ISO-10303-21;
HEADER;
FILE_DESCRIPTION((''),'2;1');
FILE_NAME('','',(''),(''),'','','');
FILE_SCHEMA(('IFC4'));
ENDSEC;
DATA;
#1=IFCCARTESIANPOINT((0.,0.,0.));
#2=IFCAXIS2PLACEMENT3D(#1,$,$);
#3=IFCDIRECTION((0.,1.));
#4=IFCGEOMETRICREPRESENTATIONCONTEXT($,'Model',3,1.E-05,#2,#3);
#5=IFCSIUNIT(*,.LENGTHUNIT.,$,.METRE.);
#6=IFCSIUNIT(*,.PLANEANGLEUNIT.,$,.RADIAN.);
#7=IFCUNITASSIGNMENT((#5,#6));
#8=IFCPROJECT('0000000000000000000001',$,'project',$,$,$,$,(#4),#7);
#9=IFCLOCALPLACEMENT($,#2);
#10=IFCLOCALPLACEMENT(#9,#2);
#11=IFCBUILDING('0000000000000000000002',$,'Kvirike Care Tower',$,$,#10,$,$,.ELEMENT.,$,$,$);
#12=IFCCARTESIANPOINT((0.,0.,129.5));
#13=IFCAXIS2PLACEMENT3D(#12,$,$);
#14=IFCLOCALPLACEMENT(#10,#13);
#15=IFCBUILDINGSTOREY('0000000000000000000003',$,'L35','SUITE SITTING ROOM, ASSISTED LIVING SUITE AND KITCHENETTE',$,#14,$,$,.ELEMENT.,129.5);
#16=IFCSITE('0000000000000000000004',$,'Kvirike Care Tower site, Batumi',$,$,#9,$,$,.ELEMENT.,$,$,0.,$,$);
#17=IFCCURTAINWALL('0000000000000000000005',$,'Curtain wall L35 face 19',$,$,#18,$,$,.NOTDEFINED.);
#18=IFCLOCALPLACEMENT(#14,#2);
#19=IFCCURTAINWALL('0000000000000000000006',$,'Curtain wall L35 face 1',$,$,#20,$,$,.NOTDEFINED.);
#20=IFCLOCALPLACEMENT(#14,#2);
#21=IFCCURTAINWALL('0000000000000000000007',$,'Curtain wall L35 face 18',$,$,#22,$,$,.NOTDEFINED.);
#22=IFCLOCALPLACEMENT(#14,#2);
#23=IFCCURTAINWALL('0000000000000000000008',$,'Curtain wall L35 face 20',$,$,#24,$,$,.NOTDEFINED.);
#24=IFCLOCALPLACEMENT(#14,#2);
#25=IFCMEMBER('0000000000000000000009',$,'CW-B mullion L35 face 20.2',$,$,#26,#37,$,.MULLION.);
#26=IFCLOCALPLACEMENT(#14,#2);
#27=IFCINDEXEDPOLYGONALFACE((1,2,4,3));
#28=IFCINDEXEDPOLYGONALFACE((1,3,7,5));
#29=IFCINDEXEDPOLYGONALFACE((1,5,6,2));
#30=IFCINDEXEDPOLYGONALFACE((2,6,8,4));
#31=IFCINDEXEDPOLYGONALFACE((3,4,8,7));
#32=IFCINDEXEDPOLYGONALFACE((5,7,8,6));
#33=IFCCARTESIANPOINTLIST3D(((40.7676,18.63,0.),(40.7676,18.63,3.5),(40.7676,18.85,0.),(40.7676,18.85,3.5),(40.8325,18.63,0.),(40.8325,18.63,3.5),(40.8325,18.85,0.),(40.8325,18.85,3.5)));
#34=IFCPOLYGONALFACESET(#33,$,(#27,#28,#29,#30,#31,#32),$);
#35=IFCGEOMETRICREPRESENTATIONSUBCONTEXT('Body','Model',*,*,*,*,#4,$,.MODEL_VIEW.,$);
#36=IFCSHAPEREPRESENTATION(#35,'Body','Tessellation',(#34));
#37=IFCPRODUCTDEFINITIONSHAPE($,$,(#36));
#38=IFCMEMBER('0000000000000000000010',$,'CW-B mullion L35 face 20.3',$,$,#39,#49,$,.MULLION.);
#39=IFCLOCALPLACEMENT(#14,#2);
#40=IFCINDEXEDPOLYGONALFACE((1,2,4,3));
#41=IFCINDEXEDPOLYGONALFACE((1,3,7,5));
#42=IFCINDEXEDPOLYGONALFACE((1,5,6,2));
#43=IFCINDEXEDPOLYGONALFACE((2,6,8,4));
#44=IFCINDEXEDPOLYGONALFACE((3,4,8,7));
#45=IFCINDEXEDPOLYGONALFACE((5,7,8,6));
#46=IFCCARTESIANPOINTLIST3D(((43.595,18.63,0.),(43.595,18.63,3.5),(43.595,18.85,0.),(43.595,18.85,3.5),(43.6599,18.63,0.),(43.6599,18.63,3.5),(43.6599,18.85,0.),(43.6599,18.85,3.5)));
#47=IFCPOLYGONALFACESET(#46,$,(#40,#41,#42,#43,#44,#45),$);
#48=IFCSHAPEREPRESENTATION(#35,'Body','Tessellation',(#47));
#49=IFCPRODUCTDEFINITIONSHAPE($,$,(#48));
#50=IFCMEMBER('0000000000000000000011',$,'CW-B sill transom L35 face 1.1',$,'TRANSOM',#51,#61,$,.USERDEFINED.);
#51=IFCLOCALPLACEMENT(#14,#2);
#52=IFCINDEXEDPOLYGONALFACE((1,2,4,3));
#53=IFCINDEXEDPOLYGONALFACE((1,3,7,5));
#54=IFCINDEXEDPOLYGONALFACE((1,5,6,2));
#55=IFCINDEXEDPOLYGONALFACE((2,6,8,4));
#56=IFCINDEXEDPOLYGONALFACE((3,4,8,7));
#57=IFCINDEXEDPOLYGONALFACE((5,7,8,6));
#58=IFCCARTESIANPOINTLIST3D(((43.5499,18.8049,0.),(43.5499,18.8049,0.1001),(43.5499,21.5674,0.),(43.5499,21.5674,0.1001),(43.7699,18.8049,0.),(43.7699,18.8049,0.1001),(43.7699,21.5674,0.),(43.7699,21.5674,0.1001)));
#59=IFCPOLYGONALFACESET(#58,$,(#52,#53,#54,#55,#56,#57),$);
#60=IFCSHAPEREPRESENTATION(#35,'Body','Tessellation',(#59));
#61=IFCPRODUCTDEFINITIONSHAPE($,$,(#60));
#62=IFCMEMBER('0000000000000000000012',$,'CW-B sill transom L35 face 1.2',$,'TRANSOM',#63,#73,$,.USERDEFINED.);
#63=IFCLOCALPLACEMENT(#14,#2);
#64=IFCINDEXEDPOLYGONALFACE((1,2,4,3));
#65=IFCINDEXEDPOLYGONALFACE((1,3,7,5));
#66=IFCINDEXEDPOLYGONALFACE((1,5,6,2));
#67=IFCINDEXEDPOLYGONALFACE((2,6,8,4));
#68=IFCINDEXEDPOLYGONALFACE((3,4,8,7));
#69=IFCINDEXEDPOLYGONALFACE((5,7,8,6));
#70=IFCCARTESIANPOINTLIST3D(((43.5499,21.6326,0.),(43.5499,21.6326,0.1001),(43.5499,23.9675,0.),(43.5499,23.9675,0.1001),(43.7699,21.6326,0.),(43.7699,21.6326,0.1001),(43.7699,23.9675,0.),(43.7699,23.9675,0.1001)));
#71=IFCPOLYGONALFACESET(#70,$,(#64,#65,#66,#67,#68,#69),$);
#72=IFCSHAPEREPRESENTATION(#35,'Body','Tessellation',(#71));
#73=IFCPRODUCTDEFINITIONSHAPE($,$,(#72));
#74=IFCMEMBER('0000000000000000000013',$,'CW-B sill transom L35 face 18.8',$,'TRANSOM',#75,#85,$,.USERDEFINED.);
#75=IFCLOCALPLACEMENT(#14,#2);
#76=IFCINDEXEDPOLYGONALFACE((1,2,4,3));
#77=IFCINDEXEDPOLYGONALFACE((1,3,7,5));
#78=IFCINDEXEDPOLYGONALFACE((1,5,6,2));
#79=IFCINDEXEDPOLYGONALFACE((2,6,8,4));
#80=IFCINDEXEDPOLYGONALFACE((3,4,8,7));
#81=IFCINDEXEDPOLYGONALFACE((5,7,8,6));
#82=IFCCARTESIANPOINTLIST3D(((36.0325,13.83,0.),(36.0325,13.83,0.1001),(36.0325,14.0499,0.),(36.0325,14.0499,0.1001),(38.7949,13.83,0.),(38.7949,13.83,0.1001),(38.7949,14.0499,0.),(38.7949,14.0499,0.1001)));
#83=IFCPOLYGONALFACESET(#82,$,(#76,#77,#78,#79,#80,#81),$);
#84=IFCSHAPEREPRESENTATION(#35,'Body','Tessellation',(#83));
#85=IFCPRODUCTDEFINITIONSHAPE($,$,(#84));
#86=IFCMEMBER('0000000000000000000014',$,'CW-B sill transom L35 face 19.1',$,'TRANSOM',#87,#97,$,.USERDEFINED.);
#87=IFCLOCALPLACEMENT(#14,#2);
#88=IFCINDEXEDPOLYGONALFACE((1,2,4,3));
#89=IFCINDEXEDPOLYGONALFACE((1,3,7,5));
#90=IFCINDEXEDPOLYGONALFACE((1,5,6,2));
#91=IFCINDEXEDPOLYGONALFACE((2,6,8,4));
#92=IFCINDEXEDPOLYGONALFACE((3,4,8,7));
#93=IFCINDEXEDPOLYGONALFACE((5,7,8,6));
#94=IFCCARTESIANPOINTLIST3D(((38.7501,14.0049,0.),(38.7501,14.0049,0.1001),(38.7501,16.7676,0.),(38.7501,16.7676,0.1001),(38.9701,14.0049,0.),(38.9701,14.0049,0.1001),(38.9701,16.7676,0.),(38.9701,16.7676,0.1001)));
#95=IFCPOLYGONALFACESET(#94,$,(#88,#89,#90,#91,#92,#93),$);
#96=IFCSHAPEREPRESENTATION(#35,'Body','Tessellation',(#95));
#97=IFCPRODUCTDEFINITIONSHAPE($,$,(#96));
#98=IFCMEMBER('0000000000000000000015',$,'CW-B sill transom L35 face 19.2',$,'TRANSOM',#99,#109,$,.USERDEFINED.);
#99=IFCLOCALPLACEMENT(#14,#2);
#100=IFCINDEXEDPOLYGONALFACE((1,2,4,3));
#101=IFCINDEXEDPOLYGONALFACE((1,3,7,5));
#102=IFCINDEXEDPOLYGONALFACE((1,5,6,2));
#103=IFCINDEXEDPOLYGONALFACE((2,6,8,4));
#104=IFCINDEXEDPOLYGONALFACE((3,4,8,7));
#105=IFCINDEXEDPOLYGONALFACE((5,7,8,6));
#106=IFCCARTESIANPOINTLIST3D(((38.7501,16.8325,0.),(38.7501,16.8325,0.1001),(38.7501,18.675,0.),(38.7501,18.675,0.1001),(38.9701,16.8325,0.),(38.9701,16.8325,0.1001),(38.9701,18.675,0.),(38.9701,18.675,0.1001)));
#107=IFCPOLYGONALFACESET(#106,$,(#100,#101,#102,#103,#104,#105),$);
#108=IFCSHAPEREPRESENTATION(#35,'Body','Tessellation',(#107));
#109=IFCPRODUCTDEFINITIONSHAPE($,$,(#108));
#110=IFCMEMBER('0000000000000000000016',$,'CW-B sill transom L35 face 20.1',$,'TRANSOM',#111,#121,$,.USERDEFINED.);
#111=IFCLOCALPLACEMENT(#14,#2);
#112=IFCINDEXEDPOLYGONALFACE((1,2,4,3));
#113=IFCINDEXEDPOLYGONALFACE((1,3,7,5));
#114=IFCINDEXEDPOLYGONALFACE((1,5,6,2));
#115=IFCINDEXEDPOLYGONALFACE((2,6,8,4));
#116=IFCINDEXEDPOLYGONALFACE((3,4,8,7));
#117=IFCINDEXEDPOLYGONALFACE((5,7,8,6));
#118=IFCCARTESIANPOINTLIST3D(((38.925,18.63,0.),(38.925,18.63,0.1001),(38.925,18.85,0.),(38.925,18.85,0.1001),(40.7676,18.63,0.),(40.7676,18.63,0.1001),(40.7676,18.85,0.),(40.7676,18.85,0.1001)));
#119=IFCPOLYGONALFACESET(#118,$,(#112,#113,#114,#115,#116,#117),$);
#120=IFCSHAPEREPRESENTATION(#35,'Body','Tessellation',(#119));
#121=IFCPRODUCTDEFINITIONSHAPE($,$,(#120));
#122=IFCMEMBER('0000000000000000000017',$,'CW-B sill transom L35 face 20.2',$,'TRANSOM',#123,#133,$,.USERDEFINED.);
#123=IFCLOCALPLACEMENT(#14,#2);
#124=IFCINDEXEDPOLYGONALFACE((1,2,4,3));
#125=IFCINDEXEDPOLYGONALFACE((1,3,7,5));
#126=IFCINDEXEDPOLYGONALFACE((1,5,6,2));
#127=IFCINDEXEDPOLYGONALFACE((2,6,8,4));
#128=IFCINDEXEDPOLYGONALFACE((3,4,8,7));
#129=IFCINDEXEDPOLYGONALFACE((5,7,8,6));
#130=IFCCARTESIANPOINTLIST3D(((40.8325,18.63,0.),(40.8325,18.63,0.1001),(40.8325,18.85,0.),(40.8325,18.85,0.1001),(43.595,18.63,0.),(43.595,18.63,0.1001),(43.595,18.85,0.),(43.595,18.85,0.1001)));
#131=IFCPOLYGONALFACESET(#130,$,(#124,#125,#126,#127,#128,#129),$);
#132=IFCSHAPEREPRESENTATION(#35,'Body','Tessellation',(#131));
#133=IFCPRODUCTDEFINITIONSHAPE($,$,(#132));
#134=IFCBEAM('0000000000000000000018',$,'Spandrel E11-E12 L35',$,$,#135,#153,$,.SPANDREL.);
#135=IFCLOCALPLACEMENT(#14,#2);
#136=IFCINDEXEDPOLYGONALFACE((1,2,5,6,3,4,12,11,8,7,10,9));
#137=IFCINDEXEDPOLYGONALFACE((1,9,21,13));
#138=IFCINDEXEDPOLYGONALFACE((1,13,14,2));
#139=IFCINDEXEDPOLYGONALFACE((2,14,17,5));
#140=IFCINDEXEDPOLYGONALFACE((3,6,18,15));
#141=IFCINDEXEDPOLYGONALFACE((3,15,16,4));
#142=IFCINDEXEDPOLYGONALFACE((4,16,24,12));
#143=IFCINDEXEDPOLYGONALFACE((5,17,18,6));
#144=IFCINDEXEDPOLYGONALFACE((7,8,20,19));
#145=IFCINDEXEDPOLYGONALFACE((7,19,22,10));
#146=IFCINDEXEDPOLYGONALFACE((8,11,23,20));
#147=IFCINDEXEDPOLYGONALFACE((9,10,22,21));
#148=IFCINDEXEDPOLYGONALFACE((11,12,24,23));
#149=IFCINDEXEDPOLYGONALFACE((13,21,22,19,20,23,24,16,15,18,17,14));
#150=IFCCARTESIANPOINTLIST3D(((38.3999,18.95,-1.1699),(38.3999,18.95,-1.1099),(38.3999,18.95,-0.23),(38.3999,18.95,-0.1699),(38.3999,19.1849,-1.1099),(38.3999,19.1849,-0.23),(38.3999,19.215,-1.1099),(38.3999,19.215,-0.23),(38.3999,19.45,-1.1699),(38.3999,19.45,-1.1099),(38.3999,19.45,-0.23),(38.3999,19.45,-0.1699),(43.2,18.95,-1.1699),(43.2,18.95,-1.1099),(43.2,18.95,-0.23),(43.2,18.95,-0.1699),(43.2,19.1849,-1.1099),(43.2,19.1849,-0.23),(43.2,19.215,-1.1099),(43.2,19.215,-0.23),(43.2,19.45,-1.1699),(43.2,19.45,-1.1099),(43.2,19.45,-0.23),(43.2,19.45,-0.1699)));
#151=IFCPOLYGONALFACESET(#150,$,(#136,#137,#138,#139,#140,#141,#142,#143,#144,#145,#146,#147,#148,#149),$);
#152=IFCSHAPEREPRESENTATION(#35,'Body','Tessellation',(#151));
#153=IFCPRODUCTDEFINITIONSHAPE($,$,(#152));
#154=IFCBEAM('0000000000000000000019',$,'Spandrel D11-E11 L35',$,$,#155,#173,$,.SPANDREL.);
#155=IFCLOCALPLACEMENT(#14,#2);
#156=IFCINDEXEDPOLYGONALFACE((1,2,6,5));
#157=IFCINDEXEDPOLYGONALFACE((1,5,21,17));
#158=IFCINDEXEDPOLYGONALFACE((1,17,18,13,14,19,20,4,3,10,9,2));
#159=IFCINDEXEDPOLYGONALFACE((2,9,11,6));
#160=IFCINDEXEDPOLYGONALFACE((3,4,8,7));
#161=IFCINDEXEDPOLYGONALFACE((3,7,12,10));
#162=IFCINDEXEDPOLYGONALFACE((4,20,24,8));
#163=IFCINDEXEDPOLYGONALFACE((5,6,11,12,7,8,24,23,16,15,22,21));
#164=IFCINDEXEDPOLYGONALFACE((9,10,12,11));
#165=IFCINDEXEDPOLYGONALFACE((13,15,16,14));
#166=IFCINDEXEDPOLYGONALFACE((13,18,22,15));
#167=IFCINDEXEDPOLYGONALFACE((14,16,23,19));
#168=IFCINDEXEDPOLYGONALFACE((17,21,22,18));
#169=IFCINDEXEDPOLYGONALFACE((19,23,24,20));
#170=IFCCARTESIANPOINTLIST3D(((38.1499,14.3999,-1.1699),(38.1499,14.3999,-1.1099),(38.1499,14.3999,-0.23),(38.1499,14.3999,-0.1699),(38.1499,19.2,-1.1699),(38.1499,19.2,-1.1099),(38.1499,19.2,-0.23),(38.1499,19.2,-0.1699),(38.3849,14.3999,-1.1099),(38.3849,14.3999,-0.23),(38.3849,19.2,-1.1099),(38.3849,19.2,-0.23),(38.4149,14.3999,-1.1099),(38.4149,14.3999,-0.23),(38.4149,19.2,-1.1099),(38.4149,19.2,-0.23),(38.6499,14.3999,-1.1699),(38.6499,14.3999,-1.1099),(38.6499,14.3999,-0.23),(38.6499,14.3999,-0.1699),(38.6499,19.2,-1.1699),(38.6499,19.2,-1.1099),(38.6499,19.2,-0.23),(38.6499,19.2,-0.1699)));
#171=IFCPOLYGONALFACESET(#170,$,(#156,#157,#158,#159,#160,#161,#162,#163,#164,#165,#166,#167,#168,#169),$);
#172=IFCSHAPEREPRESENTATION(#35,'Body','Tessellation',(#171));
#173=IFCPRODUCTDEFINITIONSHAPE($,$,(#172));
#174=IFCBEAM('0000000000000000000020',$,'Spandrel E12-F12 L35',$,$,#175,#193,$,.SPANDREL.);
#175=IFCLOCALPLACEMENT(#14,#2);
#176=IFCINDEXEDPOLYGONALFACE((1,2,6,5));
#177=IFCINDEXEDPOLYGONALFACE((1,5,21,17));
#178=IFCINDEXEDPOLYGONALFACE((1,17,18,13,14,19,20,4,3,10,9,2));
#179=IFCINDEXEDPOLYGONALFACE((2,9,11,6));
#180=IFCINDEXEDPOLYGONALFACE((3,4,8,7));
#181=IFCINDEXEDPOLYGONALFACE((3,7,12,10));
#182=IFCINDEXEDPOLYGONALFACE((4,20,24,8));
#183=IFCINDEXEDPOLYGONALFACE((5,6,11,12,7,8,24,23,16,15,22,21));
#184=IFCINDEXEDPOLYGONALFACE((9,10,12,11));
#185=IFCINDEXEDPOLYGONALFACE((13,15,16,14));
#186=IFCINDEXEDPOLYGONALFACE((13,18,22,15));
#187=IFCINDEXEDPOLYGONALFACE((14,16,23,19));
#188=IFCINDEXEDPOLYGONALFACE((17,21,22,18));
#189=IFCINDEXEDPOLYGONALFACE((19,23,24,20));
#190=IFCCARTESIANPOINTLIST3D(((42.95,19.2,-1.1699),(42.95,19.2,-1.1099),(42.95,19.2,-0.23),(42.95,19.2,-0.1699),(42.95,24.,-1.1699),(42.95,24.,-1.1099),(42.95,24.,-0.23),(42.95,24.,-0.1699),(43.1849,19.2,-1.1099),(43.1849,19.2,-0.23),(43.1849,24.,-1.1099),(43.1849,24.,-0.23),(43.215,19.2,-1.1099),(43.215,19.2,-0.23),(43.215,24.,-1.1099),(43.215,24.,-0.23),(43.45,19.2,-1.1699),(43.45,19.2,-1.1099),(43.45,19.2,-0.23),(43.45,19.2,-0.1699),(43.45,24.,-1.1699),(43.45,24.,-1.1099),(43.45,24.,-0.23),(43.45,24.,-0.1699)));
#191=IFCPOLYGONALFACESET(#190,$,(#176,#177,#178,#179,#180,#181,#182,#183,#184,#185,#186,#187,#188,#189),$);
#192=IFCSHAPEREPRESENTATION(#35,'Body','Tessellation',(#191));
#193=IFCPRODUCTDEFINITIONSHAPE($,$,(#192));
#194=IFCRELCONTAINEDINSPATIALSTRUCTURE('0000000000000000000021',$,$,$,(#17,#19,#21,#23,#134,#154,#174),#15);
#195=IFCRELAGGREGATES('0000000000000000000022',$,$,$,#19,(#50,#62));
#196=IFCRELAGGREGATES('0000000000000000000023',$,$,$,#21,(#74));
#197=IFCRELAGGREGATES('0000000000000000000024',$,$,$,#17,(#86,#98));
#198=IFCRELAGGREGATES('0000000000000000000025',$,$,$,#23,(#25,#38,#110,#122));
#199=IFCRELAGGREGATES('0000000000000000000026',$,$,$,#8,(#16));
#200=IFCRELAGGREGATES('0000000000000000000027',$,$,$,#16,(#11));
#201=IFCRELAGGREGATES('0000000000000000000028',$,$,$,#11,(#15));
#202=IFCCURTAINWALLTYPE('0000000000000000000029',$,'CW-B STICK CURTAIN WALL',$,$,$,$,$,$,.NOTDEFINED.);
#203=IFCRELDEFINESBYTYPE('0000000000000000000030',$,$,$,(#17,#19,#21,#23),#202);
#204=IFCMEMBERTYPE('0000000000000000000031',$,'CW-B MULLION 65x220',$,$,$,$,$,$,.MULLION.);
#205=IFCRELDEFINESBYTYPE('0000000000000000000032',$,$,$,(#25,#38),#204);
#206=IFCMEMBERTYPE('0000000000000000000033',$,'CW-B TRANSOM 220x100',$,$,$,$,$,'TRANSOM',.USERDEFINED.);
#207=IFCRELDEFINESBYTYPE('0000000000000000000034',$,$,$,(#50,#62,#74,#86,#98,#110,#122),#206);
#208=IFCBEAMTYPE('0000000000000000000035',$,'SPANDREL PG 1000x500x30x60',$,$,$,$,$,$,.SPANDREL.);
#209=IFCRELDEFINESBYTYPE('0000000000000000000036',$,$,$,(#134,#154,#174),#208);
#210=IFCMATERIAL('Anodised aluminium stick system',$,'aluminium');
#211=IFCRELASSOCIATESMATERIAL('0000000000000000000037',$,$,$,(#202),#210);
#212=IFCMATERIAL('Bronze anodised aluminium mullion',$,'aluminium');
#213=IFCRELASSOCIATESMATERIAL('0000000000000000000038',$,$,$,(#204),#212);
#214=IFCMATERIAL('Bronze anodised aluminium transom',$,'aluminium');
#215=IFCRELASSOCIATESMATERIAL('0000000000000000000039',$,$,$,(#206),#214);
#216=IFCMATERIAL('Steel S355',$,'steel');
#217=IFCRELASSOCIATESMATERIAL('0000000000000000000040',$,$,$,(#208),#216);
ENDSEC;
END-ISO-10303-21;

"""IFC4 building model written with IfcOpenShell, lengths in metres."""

from ifc_helpers import new_model, si_unit, direction, frame, origin, origin_2d, place, context, subcontext, project, spatial, rectangle, i_section, extrude, material, material_profile, profile_set, type_object, element, aggregate, save


model = new_model("IFC4")

# Units and contexts
model_context = context("Model", 3, precision=1e-05, world=origin(), true_north=direction((0.0, 1.0)))
body_context = subcontext(model_context, "Body", "Model", "MODEL_VIEW")
ifc_project = project(units=[si_unit("LENGTHUNIT", "METRE"), si_unit("PLANEANGLEUNIT", "RADIAN")], contexts=[model_context])

# Site, building, storey
site_placement = place(None, origin())
site = spatial("IfcSite", under=ifc_project, at=site_placement, Name="Kvirike Care Tower site, Batumi", CompositionType="ELEMENT", RefElevation=0.0)
building_placement = place(site_placement, origin())
building = spatial("IfcBuilding", under=site, at=building_placement, Name="Kvirike Care Tower", CompositionType="ELEMENT")
storey_placement = place(building_placement, frame((0.0, 0.0, 129.5)))
storey = spatial("IfcBuildingStorey", under=building, at=storey_placement, Name="L35", Description="SUITE SITTING ROOM, ASSISTED LIVING SUITE AND KITCHENETTE", CompositionType="ELEMENT", Elevation=129.5)

# Curtain wall
ifc_material_1 = material(Name="Anodised aluminium stick system", Category="aluminium")
curtain_wall_type = type_object("IfcCurtainWallType", Name="CW-B STICK CURTAIN WALL", PredefinedType="NOTDEFINED", material=ifc_material_1)
curtain_wall_1_placement = place(storey_placement, origin())
curtain_wall_1 = element("IfcCurtainWall", 1, at=curtain_wall_1_placement, inside=storey, type_object=curtain_wall_type, Name="Curtain wall L35 face 19", PredefinedType="NOTDEFINED")

# Curtain walls
curtain_wall_2_placement = place(storey_placement, origin())
curtain_wall_2 = element("IfcCurtainWall", 2, at=curtain_wall_2_placement, inside=storey, type_object=curtain_wall_type, Name="Curtain wall L35 face 1", PredefinedType="NOTDEFINED")
ifc_material_2 = material(Name="Bronze anodised aluminium mullion", Category="aluminium")
ifc_material_profile_1 = material_profile(ifc_material_2, rectangle(XDim=0.0649, YDim=0.22, at=origin_2d()), Name="CW-B MULLION 65x220")
ifc_profile_set_1 = profile_set([ifc_material_profile_1], Name="Bronze anodised aluminium mullion")
member_type_1 = type_object("IfcMemberType", Name="CW-B MULLION 65x220", PredefinedType="MULLION", material=ifc_profile_set_1)
curtain_wall_3_placement = place(storey_placement, origin())
curtain_wall_3 = element("IfcCurtainWall", 3, at=curtain_wall_3_placement, inside=storey, type_object=curtain_wall_type, Name="Curtain wall L35 face 18", PredefinedType="NOTDEFINED")

# Curtain wall, members
curtain_wall_4_placement = place(storey_placement, origin())
curtain_wall_4 = element("IfcCurtainWall", 4, at=curtain_wall_4_placement, inside=storey, type_object=curtain_wall_type, Name="Curtain wall L35 face 20", PredefinedType="NOTDEFINED")
member_1_placement = place(storey_placement, frame((40.8, 18.74, 0.0), z_axis=(0.0, 0.0, 1.0), x_axis=(1.0, 0.0, 0.0)))
member_1 = element("IfcMember", 5, at=member_1_placement, type_object=member_type_1, Name="CW-B mullion L35 face 20.2", PredefinedType="MULLION", context=body_context, shape_type="SweptSolid", body=[
    extrude(rectangle(XDim=0.0649, YDim=0.22, at=origin_2d()), origin(), (0.0, 0.0, 1.0), 3.5),
])
member_2_placement = place(storey_placement, frame((43.6274, 18.74, 0.0), z_axis=(0.0, 0.0, 1.0), x_axis=(1.0, 0.0, 0.0)))
member_2 = element("IfcMember", 6, at=member_2_placement, type_object=member_type_1, Name="CW-B mullion L35 face 20.3", PredefinedType="MULLION", context=body_context, shape_type="SweptSolid", body=[
    extrude(rectangle(XDim=0.0649, YDim=0.22, at=origin_2d()), origin(), (0.0, 0.0, 1.0), 3.5),
])

# Members
ifc_material_3 = material(Name="Bronze anodised aluminium transom", Category="aluminium")
ifc_material_profile_2 = material_profile(ifc_material_3, rectangle(XDim=0.22, YDim=0.1001, at=origin_2d()), Name="CW-B TRANSOM 220x100")
ifc_profile_set_2 = profile_set([ifc_material_profile_2], Name="Bronze anodised aluminium transom")
member_type_2 = type_object("IfcMemberType", Name="CW-B TRANSOM 220x100", ElementType="TRANSOM", PredefinedType="USERDEFINED", material=ifc_profile_set_2)
member_3_placement = place(storey_placement, frame((43.6599, 18.8049, 0.05), z_axis=(0.0, 1.0, 0.0), x_axis=(-1.0, 0.0, 0.0)))
member_3 = element("IfcMember", 7, at=member_3_placement, type_object=member_type_2, Name="CW-B sill transom L35 face 1.1", ObjectType="TRANSOM", PredefinedType="USERDEFINED", context=body_context, shape_type="SweptSolid", body=[
    extrude(rectangle(XDim=0.22, YDim=0.1001, at=origin_2d()), origin(), (0.0, 0.0, 1.0), 2.7625),
])
member_4_placement = place(storey_placement, frame((43.6599, 21.6326, 0.05), z_axis=(0.0, 1.0, 0.0), x_axis=(-1.0, 0.0, 0.0)))
member_4 = element("IfcMember", 8, at=member_4_placement, type_object=member_type_2, Name="CW-B sill transom L35 face 1.2", ObjectType="TRANSOM", PredefinedType="USERDEFINED", context=body_context, shape_type="SweptSolid", body=[
    extrude(rectangle(XDim=0.22, YDim=0.1001, at=origin_2d()), origin(), (0.0, 0.0, 1.0), 2.335),
])
member_5_placement = place(storey_placement, frame((36.0325, 13.9399, 0.05), z_axis=(1.0, 0.0, 0.0), x_axis=(0.0, 1.0, 0.0)))
member_5 = element("IfcMember", 9, at=member_5_placement, type_object=member_type_2, Name="CW-B sill transom L35 face 18.8", ObjectType="TRANSOM", PredefinedType="USERDEFINED", context=body_context, shape_type="SweptSolid", body=[
    extrude(rectangle(XDim=0.22, YDim=0.1001, at=origin_2d()), origin(), (0.0, 0.0, 1.0), 2.7625),
])
member_6_placement = place(storey_placement, frame((38.8601, 14.0049, 0.05), z_axis=(0.0, 1.0, 0.0), x_axis=(-1.0, 0.0, 0.0)))
member_6 = element("IfcMember", 10, at=member_6_placement, type_object=member_type_2, Name="CW-B sill transom L35 face 19.1", ObjectType="TRANSOM", PredefinedType="USERDEFINED", context=body_context, shape_type="SweptSolid", body=[
    extrude(rectangle(XDim=0.22, YDim=0.1001, at=origin_2d()), origin(), (0.0, 0.0, 1.0), 2.7627),
])
member_7_placement = place(storey_placement, frame((38.8601, 16.8325, 0.05), z_axis=(0.0, 1.0, 0.0), x_axis=(-1.0, 0.0, 0.0)))
member_7 = element("IfcMember", 11, at=member_7_placement, type_object=member_type_2, Name="CW-B sill transom L35 face 19.2", ObjectType="TRANSOM", PredefinedType="USERDEFINED", context=body_context, shape_type="SweptSolid", body=[
    extrude(rectangle(XDim=0.22, YDim=0.1001, at=origin_2d()), origin(), (0.0, 0.0, 1.0), 1.8425),
])
member_8_placement = place(storey_placement, frame((38.925, 18.74, 0.05), z_axis=(1.0, 0.0, 0.0), x_axis=(0.0, 1.0, 0.0)))
member_8 = element("IfcMember", 12, at=member_8_placement, type_object=member_type_2, Name="CW-B sill transom L35 face 20.1", ObjectType="TRANSOM", PredefinedType="USERDEFINED", context=body_context, shape_type="SweptSolid", body=[
    extrude(rectangle(XDim=0.22, YDim=0.1001, at=origin_2d()), origin(), (0.0, 0.0, 1.0), 1.8425),
])
member_9_placement = place(storey_placement, frame((40.8325, 18.74, 0.05), z_axis=(1.0, 0.0, 0.0), x_axis=(0.0, 1.0, 0.0)))
member_9 = element("IfcMember", 13, at=member_9_placement, type_object=member_type_2, Name="CW-B sill transom L35 face 20.2", ObjectType="TRANSOM", PredefinedType="USERDEFINED", context=body_context, shape_type="SweptSolid", body=[
    extrude(rectangle(XDim=0.22, YDim=0.1001, at=origin_2d()), origin(), (0.0, 0.0, 1.0), 2.7625),
])

# Beams
ifc_material_4 = material(Name="Steel S355", Category="steel")
ifc_material_profile_3 = material_profile(ifc_material_4, i_section(OverallWidth=0.5, OverallDepth=1.0, WebThickness=0.03, FlangeThickness=0.0601, at=origin_2d()), Name="PG 1000x500x30x60")
ifc_profile_set_3 = profile_set([ifc_material_profile_3], Name="Steel S355")
beam_type = type_object("IfcBeamType", Name="SPANDREL PG 1000x500x30x60", PredefinedType="SPANDREL", material=ifc_profile_set_3)
for number, where, z_axis, x_axis, name in (
    (14, (38.3999, 19.2, -0.6699), (1.0, 0.0, 0.0), (0.0, 1.0, 0.0), "Spandrel E11-E12 L35"),
    (15, (38.3999, 14.3999, -0.6699), (0.0, 1.0, 0.0), (-1.0, 0.0, 0.0), "Spandrel D11-E11 L35"),
    (16, (43.2, 19.2, -0.6699), (0.0, 1.0, 0.0), (-1.0, 0.0, 0.0), "Spandrel E12-F12 L35"),
):
    element("IfcBeam", number, at=place(storey_placement, frame(where, z_axis=z_axis, x_axis=x_axis)), inside=storey, type_object=beam_type, Name=name, PredefinedType="SPANDREL", context=body_context, shape_type="SweptSolid", body=[
        extrude(i_section(OverallWidth=0.5, OverallDepth=1.0, WebThickness=0.03, FlangeThickness=0.0601, at=origin_2d()), origin(), (0.0, 0.0, 1.0), 4.8),
    ])

aggregate(curtain_wall_2, [member_3, member_4])
aggregate(curtain_wall_3, [member_5])
aggregate(curtain_wall_1, [member_6, member_7])
aggregate(curtain_wall_4, [member_1, member_2, member_8, member_9])

save(model, "model.ifc")
